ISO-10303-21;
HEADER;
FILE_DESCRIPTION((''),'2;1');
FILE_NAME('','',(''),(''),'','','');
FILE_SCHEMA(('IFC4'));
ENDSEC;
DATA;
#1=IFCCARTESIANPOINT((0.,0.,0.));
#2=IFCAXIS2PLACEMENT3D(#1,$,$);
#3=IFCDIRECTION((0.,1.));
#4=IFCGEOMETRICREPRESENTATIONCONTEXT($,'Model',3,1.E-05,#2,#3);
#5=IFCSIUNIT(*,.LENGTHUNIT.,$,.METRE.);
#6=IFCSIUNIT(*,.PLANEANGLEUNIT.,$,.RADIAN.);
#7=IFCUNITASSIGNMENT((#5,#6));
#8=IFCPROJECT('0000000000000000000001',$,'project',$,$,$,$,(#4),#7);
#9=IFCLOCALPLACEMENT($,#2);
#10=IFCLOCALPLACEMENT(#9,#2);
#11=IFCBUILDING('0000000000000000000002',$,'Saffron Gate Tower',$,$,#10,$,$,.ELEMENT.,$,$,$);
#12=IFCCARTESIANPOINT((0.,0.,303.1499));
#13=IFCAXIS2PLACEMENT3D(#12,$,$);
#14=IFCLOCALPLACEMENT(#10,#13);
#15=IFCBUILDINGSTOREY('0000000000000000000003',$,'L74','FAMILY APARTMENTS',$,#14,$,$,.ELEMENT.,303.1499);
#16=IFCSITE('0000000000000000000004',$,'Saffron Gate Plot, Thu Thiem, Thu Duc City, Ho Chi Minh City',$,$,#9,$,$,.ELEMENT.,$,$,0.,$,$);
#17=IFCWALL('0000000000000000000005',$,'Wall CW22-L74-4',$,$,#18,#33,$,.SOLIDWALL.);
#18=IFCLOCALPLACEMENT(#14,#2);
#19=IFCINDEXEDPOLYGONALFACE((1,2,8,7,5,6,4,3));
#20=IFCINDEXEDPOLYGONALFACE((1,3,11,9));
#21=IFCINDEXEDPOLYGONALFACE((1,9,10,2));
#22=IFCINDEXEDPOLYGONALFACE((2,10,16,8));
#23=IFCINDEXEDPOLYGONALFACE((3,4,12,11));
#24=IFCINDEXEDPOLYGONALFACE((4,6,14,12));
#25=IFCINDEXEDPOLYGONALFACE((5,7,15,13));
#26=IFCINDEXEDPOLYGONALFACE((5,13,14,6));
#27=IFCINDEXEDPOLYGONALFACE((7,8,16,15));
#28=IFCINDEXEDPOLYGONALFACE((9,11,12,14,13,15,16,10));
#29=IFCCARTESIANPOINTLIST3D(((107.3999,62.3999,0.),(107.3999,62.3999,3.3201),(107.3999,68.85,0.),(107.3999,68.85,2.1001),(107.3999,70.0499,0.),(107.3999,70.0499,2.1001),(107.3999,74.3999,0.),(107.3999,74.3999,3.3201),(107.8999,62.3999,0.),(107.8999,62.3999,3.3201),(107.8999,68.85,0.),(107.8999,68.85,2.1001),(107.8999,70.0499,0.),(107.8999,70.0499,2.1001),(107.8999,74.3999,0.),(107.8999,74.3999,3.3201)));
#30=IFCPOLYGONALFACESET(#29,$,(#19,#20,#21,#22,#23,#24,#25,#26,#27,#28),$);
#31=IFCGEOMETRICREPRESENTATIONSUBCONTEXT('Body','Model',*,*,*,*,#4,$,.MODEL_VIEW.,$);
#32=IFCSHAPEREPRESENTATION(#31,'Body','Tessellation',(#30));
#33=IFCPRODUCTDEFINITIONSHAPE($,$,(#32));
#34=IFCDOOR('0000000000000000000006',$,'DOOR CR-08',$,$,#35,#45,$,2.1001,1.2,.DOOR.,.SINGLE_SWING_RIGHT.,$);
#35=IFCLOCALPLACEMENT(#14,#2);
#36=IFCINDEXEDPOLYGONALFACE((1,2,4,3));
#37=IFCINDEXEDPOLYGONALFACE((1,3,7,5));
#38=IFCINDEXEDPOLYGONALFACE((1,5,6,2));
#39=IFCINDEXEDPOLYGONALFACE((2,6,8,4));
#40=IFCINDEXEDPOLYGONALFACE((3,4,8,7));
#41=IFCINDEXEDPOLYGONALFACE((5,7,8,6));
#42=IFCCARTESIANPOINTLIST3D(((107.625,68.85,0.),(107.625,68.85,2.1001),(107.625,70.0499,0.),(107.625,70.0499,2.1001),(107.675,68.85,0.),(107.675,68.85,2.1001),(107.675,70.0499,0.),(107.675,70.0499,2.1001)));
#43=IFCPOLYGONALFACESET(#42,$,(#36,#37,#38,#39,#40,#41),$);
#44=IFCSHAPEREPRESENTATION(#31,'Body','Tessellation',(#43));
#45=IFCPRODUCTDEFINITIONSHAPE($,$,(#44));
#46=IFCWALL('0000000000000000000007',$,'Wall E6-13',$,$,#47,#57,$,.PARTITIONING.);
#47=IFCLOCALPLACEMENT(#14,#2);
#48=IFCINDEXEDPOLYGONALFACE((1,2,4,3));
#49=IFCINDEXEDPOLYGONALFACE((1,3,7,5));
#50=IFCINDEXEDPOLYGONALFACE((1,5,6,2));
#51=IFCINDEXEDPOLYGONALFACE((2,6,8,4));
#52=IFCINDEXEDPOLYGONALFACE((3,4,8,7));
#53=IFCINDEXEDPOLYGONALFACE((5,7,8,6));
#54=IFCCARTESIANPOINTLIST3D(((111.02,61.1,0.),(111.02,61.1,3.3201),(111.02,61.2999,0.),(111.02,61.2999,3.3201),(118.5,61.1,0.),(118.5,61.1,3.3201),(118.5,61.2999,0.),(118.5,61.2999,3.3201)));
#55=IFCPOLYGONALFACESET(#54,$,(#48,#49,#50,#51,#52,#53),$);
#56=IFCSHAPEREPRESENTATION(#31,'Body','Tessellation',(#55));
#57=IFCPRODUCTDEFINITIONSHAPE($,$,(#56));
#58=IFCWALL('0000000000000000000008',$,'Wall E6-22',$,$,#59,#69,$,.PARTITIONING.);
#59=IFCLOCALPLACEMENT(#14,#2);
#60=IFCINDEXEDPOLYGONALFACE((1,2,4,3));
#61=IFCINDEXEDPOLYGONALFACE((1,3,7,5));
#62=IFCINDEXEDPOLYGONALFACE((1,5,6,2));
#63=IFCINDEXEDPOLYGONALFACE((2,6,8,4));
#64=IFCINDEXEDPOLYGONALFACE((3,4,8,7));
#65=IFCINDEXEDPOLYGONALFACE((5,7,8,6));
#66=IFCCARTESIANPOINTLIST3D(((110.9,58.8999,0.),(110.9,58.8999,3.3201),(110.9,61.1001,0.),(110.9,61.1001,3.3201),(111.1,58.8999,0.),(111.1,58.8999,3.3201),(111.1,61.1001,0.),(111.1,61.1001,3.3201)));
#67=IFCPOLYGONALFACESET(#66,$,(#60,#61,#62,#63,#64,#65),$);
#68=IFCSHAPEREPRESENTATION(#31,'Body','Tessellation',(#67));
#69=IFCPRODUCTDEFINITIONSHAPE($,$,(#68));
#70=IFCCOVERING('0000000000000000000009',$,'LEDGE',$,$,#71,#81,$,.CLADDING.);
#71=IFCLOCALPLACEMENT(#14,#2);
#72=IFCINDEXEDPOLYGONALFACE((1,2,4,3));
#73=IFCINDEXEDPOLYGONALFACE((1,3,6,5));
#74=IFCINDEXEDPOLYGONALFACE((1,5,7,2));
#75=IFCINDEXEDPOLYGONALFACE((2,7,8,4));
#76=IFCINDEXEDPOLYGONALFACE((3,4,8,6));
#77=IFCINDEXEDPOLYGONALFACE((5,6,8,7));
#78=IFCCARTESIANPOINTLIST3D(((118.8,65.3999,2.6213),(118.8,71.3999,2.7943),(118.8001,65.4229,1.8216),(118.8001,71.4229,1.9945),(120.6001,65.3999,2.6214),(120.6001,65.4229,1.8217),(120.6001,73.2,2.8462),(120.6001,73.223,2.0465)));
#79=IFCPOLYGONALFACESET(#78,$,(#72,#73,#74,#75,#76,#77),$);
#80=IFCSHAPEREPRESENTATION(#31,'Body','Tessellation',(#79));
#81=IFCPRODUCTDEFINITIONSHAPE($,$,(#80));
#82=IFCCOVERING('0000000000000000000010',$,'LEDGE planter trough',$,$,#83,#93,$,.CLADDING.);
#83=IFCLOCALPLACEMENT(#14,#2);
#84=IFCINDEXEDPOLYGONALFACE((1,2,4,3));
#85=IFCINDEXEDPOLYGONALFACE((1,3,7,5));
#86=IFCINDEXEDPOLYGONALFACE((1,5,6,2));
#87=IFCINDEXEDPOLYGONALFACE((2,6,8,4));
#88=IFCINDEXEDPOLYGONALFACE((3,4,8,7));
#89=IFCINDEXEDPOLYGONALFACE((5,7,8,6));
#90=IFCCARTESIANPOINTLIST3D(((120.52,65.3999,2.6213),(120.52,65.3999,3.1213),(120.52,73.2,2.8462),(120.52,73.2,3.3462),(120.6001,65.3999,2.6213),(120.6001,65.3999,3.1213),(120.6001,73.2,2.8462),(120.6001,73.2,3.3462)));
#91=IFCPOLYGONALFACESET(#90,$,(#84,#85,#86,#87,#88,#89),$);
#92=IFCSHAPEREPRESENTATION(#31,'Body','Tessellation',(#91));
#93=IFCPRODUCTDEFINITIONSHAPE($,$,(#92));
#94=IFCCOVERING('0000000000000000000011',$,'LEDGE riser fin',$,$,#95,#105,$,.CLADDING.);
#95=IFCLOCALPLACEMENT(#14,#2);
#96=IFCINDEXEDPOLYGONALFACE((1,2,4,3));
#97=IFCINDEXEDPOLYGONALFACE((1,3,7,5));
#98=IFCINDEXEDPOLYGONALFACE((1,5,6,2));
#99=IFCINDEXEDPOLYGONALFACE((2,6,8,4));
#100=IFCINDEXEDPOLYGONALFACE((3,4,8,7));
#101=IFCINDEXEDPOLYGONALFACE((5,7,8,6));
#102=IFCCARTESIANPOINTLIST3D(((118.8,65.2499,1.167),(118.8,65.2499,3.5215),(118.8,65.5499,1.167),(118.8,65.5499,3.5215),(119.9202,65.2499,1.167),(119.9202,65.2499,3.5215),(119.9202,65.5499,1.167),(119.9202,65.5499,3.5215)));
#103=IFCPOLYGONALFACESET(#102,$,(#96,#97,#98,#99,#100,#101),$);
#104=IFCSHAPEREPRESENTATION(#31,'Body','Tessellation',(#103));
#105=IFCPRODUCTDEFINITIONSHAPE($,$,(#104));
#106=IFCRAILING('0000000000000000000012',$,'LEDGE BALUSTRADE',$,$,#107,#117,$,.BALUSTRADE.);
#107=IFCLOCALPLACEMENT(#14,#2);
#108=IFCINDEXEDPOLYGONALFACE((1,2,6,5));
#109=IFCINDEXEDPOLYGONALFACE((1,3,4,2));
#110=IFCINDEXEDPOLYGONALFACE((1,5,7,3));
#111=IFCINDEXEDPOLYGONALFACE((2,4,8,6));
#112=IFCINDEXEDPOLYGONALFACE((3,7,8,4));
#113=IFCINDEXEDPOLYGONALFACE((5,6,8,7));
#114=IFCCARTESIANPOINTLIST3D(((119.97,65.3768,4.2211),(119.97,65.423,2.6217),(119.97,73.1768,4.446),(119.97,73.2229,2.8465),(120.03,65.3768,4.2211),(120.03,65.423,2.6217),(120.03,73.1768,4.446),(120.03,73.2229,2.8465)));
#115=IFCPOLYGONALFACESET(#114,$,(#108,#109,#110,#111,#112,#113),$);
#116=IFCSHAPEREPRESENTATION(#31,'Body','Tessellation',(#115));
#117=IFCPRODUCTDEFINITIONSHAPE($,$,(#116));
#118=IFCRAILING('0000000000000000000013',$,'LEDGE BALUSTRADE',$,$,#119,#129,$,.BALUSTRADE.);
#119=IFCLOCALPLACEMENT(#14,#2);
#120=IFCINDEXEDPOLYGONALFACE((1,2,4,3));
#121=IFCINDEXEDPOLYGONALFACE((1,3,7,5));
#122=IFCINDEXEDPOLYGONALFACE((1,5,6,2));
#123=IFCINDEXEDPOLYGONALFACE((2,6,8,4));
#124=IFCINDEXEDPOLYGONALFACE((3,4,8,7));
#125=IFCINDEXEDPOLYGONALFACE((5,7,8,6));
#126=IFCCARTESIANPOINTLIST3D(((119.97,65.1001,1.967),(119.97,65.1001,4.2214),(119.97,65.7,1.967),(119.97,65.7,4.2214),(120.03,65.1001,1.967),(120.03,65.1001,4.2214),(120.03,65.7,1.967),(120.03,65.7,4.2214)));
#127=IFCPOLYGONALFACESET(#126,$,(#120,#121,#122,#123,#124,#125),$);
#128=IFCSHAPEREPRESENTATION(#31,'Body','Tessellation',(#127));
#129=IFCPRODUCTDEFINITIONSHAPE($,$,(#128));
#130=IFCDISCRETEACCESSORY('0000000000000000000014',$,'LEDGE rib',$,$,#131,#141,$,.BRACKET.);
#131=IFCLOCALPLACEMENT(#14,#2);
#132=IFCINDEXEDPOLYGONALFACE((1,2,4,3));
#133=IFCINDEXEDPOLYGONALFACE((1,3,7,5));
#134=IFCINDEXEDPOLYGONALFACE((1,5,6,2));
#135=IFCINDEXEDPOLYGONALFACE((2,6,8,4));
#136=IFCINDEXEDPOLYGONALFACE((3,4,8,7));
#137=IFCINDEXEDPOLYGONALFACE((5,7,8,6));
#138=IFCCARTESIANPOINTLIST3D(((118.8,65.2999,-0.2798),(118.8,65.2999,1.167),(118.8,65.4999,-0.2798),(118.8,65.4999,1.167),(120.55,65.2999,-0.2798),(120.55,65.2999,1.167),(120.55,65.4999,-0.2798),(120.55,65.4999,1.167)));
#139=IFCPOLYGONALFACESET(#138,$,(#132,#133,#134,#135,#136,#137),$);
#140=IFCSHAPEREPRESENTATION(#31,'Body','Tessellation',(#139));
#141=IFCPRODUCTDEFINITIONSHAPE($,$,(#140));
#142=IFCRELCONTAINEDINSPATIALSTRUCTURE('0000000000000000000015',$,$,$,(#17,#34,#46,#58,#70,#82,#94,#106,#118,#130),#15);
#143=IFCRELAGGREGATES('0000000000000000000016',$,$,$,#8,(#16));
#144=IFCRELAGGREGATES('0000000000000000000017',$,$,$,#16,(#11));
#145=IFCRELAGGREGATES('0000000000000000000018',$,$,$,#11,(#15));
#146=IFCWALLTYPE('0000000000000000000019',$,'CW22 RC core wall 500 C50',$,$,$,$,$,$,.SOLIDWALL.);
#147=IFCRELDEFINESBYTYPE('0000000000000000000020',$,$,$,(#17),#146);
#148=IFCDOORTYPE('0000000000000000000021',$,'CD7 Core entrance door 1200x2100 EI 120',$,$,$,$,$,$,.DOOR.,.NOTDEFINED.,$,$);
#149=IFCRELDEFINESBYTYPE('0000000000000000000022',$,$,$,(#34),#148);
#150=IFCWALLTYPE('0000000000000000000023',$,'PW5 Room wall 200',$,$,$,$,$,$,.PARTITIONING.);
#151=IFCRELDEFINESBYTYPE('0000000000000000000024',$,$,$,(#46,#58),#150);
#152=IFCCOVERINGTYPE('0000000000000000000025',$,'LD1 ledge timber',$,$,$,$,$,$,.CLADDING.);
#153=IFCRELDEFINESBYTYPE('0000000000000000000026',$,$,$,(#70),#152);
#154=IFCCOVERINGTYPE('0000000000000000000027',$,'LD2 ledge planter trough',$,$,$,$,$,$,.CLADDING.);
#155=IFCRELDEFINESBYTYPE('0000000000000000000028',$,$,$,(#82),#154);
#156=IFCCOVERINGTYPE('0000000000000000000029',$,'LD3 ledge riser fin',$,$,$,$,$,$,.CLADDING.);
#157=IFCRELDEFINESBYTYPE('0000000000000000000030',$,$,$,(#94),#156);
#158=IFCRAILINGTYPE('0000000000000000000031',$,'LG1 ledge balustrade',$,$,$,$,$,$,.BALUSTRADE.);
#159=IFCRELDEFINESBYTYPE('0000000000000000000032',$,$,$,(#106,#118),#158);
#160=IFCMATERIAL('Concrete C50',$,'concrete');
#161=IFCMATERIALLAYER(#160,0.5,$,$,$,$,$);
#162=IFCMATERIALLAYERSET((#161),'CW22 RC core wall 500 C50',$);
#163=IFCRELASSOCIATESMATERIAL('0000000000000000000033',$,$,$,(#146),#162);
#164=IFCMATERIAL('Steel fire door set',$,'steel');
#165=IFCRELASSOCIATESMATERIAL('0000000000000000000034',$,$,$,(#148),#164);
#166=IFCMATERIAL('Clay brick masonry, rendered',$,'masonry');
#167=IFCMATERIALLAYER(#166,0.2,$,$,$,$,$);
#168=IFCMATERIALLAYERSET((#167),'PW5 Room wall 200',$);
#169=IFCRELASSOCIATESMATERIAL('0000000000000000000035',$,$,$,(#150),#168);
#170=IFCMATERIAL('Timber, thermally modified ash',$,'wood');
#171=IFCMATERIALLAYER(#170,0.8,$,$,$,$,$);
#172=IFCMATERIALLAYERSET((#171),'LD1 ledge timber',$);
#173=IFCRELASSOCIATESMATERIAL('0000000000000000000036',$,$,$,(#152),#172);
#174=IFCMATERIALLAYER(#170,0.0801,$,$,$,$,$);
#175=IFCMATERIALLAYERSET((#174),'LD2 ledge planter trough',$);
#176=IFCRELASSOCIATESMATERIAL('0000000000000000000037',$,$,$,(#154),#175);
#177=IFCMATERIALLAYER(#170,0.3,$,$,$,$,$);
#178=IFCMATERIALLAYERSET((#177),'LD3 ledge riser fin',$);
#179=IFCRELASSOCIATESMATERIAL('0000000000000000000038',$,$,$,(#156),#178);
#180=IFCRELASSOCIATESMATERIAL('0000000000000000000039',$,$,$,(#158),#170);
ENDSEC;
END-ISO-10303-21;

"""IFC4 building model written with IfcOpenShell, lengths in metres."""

from ifc_helpers import new_model, si_unit, direction, frame, frame_2d, origin, origin_2d, place, context, subcontext, project, spatial, polyline, rectangle, outline, extrude, material, layer, layer_set, type_object, element, fill, save


model = new_model("IFC4")

# Units and contexts
model_context = context("Model", 3, precision=1e-05, world=origin(), true_north=direction((0.0, 1.0)))
body_context = subcontext(model_context, "Body", "Model", "MODEL_VIEW")
ifc_project = project(units=[si_unit("LENGTHUNIT", "METRE"), si_unit("PLANEANGLEUNIT", "RADIAN")], contexts=[model_context])

# Site, building, storey
site_placement = place(None, origin())
site = spatial("IfcSite", under=ifc_project, at=site_placement, Name="Saffron Gate Plot, Thu Thiem, Thu Duc City, Ho Chi Minh City", CompositionType="ELEMENT", RefElevation=0.0)
building_placement = place(site_placement, origin())
building = spatial("IfcBuilding", under=site, at=building_placement, Name="Saffron Gate Tower", CompositionType="ELEMENT")
storey_placement = place(building_placement, frame((0.0, 0.0, 303.1499)))
storey = spatial("IfcBuildingStorey", under=building, at=storey_placement, Name="L74", Description="FAMILY APARTMENTS", CompositionType="ELEMENT", Elevation=303.1499)

# Wall, opening, door
ifc_material_1 = material(Name="Concrete C50", Category="concrete")
ifc_layer_1 = layer(ifc_material_1, 0.5)
ifc_layer_set_1 = layer_set([ifc_layer_1], Name="CW22 RC core wall 500 C50")
wall_type_1 = type_object("IfcWallType", Name="CW22 RC core wall 500 C50", PredefinedType="SOLIDWALL", material=ifc_layer_set_1)
wall_1_placement = place(storey_placement, frame((107.6499, 62.3999, 0.0), z_axis=(0.0, 0.0, 1.0), x_axis=(0.0, 1.0, 0.0)))
wall_1 = element("IfcWall", 1, at=wall_1_placement, inside=storey, type_object=wall_type_1, Name="Wall CW22-L74-4", PredefinedType="SOLIDWALL", context=body_context, shape_type="SweptSolid", body=[
    extrude(rectangle(XDim=12.0, YDim=0.5, at=frame_2d((6.0, 0.0))), origin(), (0.0, 0.0, 1.0), 3.3201),
])
opening_placement = place(wall_1_placement, frame((6.45, 0.0, 0.0)))
opening = element("IfcOpeningElement", 2, at=opening_placement, cuts=wall_1, PredefinedType="OPENING", context=body_context, shape_type="SweptSolid", body=[
    extrude(rectangle(XDim=1.2, YDim=2.1001, at=frame_2d((0.6001, 1.05))), frame((0.0, 0.26, 0.0), z_axis=(0.0, -1.0, 0.0), x_axis=(1.0, 0.0, 0.0)), (0.0, 0.0, 1.0), 0.52),
])
ifc_material_2 = material(Name="Steel fire door set", Category="steel")
door_type = type_object("IfcDoorType", Name="CD7 Core entrance door 1200x2100 EI 120", OperationType="NOTDEFINED", PredefinedType="DOOR", material=ifc_material_2)
door_placement = place(opening_placement, origin())
door = element("IfcDoor", 3, at=door_placement, inside=storey, type_object=door_type, Name="DOOR CR-08", OperationType="SINGLE_SWING_RIGHT", OverallHeight=2.1001, OverallWidth=1.2, PredefinedType="DOOR", context=body_context, shape_type="SweptSolid", body=[
    extrude(rectangle(XDim=1.2, YDim=2.1001, at=frame_2d((0.6001, 1.05))), frame((0.0, 0.0249, 0.0), z_axis=(0.0, -1.0, 0.0), x_axis=(1.0, 0.0, 0.0)), (0.0, 0.0, 1.0), 0.05),
])
fill(opening, door)

# Walls
ifc_material_3 = material(Name="Clay brick masonry, rendered", Category="masonry")
ifc_layer_2 = layer(ifc_material_3, 0.2)
ifc_layer_set_2 = layer_set([ifc_layer_2], Name="PW5 Room wall 200")
wall_type_2 = type_object("IfcWallType", Name="PW5 Room wall 200", PredefinedType="PARTITIONING", material=ifc_layer_set_2)
wall_2_placement = place(storey_placement, frame((111.02, 61.2, 0.0), z_axis=(0.0, 0.0, 1.0), x_axis=(1.0, 0.0, 0.0)))
element("IfcWall", 4, at=wall_2_placement, inside=storey, type_object=wall_type_2, Name="Wall E6-13", PredefinedType="PARTITIONING", context=body_context, shape_type="SweptSolid", body=[
    extrude(rectangle(XDim=7.48, YDim=0.2, at=frame_2d((3.74, 0.0))), origin(), (0.0, 0.0, 1.0), 3.3201),
])
wall_3_placement = place(storey_placement, frame((111.0, 61.1001, 0.0), z_axis=(0.0, 0.0, 1.0), x_axis=(0.0, -1.0, 0.0)))
element("IfcWall", 5, at=wall_3_placement, inside=storey, type_object=wall_type_2, Name="Wall E6-22", PredefinedType="PARTITIONING", context=body_context, shape_type="SweptSolid", body=[
    extrude(rectangle(XDim=2.2002, YDim=0.2, at=frame_2d((1.1001, 0.0))), origin(), (0.0, 0.0, 1.0), 3.3201),
])

# Coverings
ifc_material_4 = material(Name="Timber, thermally modified ash", Category="wood")
ifc_layer_3 = layer(ifc_material_4, 0.8)
ifc_layer_set_3 = layer_set([ifc_layer_3], Name="LD1 ledge timber")
covering_type_1 = type_object("IfcCoveringType", Name="LD1 ledge timber", PredefinedType="CLADDING", material=ifc_layer_set_3)
covering_1_placement = place(storey_placement, frame((118.8, 65.3999, 2.6213), z_axis=(-0.000035, -0.028807, 0.999585), x_axis=(0.0, 0.999585, 0.028807)))
element("IfcCovering", 6, at=covering_1_placement, inside=storey, type_object=covering_type_1, Name="LEDGE", PredefinedType="CLADDING", context=body_context, shape_type="SweptSolid", body=[
    extrude(outline(polyline([(0.0, 0.0), (6.0025, 0.0), (7.8033, -1.8), (0.0, -1.8), (0.0, 0.0)])), origin(), (0.0, 0.0, -1.0), 0.8),
])
ifc_layer_4 = layer(ifc_material_4, 0.0801)
ifc_layer_set_4 = layer_set([ifc_layer_4], Name="LD2 ledge planter trough")
covering_type_2 = type_object("IfcCoveringType", Name="LD2 ledge planter trough", PredefinedType="CLADDING", material=ifc_layer_set_4)
covering_2_placement = place(storey_placement, frame((120.6001, 65.3999, 2.6213), z_axis=(1.0, 0.0, 0.0), x_axis=(0.0, 0.999585, 0.028815)))
element("IfcCovering", 7, at=covering_2_placement, inside=storey, type_object=covering_type_2, Name="LEDGE planter trough", PredefinedType="CLADDING", context=body_context, shape_type="SweptSolid", body=[
    extrude(outline(polyline([(0.0, 0.0), (7.8033, 0.0), (7.8177, 0.4998), (0.0144, 0.4998), (0.0, 0.0)])), origin(), (0.0, 0.0, -1.0), 0.0801),
])
ifc_layer_5 = layer(ifc_material_4, 0.3)
ifc_layer_set_5 = layer_set([ifc_layer_5], Name="LD3 ledge riser fin")
covering_type_3 = type_object("IfcCoveringType", Name="LD3 ledge riser fin", PredefinedType="CLADDING", material=ifc_layer_set_5)
covering_3_placement = place(storey_placement, frame((119.3601, 65.3999, 1.167), z_axis=(0.0, 0.0, 1.0), x_axis=(0.0, 1.0, 0.0)))
element("IfcCovering", 8, at=covering_3_placement, inside=storey, type_object=covering_type_3, Name="LEDGE riser fin", PredefinedType="CLADDING", context=body_context, shape_type="SweptSolid", body=[
    extrude(rectangle(XDim=0.3, YDim=1.1201, at=origin_2d()), origin(), (0.0, 0.0, 1.0), 2.3545),
])

# Railings
railing_type = type_object("IfcRailingType", Name="LG1 ledge balustrade", PredefinedType="BALUSTRADE", material=ifc_material_4)
railing_1_placement = place(storey_placement, frame((120.0, 65.3999, 2.6213)))
element("IfcRailing", 9, at=railing_1_placement, inside=storey, type_object=railing_type, Name="LEDGE BALUSTRADE", PredefinedType="BALUSTRADE", context=body_context, shape_type="SweptSolid", body=[
    extrude(rectangle(XDim=0.0601, YDim=1.6001, at=origin_2d()), frame((0.0, 0.0, 0.8), z_axis=(0.0, 0.999585, 0.028815), x_axis=(-1.0, 0.0, 0.0)), (0.0, 0.0, 1.0), 7.8032),
])
railing_2_placement = place(storey_placement, frame((120.0, 65.1001, 1.967)))
element("IfcRailing", 10, at=railing_2_placement, inside=storey, type_object=railing_type, Name="LEDGE BALUSTRADE", PredefinedType="BALUSTRADE", context=body_context, shape_type="SweptSolid", body=[
    extrude(rectangle(XDim=0.0601, YDim=2.2544, at=origin_2d()), frame((0.0, 0.0, 1.1272), z_axis=(0.0, 1.0, 0.0), x_axis=(-1.0, 0.0, 0.0)), (0.0, 0.0, 1.0), 0.5999),
])

# Discrete accessory
discrete_accessory_placement = place(storey_placement, frame((119.675, 65.3999, -0.2798), z_axis=(0.0, 0.0, 1.0), x_axis=(0.0, 1.0, 0.0)))
element("IfcDiscreteAccessory", 11, at=discrete_accessory_placement, inside=storey, Name="LEDGE rib", PredefinedType="BRACKET", context=body_context, shape_type="SweptSolid", body=[
    extrude(rectangle(XDim=0.2, YDim=1.75, at=origin_2d()), origin(), (0.0, 0.0, 1.0), 1.4468),
])

save(model, "model.ifc")
